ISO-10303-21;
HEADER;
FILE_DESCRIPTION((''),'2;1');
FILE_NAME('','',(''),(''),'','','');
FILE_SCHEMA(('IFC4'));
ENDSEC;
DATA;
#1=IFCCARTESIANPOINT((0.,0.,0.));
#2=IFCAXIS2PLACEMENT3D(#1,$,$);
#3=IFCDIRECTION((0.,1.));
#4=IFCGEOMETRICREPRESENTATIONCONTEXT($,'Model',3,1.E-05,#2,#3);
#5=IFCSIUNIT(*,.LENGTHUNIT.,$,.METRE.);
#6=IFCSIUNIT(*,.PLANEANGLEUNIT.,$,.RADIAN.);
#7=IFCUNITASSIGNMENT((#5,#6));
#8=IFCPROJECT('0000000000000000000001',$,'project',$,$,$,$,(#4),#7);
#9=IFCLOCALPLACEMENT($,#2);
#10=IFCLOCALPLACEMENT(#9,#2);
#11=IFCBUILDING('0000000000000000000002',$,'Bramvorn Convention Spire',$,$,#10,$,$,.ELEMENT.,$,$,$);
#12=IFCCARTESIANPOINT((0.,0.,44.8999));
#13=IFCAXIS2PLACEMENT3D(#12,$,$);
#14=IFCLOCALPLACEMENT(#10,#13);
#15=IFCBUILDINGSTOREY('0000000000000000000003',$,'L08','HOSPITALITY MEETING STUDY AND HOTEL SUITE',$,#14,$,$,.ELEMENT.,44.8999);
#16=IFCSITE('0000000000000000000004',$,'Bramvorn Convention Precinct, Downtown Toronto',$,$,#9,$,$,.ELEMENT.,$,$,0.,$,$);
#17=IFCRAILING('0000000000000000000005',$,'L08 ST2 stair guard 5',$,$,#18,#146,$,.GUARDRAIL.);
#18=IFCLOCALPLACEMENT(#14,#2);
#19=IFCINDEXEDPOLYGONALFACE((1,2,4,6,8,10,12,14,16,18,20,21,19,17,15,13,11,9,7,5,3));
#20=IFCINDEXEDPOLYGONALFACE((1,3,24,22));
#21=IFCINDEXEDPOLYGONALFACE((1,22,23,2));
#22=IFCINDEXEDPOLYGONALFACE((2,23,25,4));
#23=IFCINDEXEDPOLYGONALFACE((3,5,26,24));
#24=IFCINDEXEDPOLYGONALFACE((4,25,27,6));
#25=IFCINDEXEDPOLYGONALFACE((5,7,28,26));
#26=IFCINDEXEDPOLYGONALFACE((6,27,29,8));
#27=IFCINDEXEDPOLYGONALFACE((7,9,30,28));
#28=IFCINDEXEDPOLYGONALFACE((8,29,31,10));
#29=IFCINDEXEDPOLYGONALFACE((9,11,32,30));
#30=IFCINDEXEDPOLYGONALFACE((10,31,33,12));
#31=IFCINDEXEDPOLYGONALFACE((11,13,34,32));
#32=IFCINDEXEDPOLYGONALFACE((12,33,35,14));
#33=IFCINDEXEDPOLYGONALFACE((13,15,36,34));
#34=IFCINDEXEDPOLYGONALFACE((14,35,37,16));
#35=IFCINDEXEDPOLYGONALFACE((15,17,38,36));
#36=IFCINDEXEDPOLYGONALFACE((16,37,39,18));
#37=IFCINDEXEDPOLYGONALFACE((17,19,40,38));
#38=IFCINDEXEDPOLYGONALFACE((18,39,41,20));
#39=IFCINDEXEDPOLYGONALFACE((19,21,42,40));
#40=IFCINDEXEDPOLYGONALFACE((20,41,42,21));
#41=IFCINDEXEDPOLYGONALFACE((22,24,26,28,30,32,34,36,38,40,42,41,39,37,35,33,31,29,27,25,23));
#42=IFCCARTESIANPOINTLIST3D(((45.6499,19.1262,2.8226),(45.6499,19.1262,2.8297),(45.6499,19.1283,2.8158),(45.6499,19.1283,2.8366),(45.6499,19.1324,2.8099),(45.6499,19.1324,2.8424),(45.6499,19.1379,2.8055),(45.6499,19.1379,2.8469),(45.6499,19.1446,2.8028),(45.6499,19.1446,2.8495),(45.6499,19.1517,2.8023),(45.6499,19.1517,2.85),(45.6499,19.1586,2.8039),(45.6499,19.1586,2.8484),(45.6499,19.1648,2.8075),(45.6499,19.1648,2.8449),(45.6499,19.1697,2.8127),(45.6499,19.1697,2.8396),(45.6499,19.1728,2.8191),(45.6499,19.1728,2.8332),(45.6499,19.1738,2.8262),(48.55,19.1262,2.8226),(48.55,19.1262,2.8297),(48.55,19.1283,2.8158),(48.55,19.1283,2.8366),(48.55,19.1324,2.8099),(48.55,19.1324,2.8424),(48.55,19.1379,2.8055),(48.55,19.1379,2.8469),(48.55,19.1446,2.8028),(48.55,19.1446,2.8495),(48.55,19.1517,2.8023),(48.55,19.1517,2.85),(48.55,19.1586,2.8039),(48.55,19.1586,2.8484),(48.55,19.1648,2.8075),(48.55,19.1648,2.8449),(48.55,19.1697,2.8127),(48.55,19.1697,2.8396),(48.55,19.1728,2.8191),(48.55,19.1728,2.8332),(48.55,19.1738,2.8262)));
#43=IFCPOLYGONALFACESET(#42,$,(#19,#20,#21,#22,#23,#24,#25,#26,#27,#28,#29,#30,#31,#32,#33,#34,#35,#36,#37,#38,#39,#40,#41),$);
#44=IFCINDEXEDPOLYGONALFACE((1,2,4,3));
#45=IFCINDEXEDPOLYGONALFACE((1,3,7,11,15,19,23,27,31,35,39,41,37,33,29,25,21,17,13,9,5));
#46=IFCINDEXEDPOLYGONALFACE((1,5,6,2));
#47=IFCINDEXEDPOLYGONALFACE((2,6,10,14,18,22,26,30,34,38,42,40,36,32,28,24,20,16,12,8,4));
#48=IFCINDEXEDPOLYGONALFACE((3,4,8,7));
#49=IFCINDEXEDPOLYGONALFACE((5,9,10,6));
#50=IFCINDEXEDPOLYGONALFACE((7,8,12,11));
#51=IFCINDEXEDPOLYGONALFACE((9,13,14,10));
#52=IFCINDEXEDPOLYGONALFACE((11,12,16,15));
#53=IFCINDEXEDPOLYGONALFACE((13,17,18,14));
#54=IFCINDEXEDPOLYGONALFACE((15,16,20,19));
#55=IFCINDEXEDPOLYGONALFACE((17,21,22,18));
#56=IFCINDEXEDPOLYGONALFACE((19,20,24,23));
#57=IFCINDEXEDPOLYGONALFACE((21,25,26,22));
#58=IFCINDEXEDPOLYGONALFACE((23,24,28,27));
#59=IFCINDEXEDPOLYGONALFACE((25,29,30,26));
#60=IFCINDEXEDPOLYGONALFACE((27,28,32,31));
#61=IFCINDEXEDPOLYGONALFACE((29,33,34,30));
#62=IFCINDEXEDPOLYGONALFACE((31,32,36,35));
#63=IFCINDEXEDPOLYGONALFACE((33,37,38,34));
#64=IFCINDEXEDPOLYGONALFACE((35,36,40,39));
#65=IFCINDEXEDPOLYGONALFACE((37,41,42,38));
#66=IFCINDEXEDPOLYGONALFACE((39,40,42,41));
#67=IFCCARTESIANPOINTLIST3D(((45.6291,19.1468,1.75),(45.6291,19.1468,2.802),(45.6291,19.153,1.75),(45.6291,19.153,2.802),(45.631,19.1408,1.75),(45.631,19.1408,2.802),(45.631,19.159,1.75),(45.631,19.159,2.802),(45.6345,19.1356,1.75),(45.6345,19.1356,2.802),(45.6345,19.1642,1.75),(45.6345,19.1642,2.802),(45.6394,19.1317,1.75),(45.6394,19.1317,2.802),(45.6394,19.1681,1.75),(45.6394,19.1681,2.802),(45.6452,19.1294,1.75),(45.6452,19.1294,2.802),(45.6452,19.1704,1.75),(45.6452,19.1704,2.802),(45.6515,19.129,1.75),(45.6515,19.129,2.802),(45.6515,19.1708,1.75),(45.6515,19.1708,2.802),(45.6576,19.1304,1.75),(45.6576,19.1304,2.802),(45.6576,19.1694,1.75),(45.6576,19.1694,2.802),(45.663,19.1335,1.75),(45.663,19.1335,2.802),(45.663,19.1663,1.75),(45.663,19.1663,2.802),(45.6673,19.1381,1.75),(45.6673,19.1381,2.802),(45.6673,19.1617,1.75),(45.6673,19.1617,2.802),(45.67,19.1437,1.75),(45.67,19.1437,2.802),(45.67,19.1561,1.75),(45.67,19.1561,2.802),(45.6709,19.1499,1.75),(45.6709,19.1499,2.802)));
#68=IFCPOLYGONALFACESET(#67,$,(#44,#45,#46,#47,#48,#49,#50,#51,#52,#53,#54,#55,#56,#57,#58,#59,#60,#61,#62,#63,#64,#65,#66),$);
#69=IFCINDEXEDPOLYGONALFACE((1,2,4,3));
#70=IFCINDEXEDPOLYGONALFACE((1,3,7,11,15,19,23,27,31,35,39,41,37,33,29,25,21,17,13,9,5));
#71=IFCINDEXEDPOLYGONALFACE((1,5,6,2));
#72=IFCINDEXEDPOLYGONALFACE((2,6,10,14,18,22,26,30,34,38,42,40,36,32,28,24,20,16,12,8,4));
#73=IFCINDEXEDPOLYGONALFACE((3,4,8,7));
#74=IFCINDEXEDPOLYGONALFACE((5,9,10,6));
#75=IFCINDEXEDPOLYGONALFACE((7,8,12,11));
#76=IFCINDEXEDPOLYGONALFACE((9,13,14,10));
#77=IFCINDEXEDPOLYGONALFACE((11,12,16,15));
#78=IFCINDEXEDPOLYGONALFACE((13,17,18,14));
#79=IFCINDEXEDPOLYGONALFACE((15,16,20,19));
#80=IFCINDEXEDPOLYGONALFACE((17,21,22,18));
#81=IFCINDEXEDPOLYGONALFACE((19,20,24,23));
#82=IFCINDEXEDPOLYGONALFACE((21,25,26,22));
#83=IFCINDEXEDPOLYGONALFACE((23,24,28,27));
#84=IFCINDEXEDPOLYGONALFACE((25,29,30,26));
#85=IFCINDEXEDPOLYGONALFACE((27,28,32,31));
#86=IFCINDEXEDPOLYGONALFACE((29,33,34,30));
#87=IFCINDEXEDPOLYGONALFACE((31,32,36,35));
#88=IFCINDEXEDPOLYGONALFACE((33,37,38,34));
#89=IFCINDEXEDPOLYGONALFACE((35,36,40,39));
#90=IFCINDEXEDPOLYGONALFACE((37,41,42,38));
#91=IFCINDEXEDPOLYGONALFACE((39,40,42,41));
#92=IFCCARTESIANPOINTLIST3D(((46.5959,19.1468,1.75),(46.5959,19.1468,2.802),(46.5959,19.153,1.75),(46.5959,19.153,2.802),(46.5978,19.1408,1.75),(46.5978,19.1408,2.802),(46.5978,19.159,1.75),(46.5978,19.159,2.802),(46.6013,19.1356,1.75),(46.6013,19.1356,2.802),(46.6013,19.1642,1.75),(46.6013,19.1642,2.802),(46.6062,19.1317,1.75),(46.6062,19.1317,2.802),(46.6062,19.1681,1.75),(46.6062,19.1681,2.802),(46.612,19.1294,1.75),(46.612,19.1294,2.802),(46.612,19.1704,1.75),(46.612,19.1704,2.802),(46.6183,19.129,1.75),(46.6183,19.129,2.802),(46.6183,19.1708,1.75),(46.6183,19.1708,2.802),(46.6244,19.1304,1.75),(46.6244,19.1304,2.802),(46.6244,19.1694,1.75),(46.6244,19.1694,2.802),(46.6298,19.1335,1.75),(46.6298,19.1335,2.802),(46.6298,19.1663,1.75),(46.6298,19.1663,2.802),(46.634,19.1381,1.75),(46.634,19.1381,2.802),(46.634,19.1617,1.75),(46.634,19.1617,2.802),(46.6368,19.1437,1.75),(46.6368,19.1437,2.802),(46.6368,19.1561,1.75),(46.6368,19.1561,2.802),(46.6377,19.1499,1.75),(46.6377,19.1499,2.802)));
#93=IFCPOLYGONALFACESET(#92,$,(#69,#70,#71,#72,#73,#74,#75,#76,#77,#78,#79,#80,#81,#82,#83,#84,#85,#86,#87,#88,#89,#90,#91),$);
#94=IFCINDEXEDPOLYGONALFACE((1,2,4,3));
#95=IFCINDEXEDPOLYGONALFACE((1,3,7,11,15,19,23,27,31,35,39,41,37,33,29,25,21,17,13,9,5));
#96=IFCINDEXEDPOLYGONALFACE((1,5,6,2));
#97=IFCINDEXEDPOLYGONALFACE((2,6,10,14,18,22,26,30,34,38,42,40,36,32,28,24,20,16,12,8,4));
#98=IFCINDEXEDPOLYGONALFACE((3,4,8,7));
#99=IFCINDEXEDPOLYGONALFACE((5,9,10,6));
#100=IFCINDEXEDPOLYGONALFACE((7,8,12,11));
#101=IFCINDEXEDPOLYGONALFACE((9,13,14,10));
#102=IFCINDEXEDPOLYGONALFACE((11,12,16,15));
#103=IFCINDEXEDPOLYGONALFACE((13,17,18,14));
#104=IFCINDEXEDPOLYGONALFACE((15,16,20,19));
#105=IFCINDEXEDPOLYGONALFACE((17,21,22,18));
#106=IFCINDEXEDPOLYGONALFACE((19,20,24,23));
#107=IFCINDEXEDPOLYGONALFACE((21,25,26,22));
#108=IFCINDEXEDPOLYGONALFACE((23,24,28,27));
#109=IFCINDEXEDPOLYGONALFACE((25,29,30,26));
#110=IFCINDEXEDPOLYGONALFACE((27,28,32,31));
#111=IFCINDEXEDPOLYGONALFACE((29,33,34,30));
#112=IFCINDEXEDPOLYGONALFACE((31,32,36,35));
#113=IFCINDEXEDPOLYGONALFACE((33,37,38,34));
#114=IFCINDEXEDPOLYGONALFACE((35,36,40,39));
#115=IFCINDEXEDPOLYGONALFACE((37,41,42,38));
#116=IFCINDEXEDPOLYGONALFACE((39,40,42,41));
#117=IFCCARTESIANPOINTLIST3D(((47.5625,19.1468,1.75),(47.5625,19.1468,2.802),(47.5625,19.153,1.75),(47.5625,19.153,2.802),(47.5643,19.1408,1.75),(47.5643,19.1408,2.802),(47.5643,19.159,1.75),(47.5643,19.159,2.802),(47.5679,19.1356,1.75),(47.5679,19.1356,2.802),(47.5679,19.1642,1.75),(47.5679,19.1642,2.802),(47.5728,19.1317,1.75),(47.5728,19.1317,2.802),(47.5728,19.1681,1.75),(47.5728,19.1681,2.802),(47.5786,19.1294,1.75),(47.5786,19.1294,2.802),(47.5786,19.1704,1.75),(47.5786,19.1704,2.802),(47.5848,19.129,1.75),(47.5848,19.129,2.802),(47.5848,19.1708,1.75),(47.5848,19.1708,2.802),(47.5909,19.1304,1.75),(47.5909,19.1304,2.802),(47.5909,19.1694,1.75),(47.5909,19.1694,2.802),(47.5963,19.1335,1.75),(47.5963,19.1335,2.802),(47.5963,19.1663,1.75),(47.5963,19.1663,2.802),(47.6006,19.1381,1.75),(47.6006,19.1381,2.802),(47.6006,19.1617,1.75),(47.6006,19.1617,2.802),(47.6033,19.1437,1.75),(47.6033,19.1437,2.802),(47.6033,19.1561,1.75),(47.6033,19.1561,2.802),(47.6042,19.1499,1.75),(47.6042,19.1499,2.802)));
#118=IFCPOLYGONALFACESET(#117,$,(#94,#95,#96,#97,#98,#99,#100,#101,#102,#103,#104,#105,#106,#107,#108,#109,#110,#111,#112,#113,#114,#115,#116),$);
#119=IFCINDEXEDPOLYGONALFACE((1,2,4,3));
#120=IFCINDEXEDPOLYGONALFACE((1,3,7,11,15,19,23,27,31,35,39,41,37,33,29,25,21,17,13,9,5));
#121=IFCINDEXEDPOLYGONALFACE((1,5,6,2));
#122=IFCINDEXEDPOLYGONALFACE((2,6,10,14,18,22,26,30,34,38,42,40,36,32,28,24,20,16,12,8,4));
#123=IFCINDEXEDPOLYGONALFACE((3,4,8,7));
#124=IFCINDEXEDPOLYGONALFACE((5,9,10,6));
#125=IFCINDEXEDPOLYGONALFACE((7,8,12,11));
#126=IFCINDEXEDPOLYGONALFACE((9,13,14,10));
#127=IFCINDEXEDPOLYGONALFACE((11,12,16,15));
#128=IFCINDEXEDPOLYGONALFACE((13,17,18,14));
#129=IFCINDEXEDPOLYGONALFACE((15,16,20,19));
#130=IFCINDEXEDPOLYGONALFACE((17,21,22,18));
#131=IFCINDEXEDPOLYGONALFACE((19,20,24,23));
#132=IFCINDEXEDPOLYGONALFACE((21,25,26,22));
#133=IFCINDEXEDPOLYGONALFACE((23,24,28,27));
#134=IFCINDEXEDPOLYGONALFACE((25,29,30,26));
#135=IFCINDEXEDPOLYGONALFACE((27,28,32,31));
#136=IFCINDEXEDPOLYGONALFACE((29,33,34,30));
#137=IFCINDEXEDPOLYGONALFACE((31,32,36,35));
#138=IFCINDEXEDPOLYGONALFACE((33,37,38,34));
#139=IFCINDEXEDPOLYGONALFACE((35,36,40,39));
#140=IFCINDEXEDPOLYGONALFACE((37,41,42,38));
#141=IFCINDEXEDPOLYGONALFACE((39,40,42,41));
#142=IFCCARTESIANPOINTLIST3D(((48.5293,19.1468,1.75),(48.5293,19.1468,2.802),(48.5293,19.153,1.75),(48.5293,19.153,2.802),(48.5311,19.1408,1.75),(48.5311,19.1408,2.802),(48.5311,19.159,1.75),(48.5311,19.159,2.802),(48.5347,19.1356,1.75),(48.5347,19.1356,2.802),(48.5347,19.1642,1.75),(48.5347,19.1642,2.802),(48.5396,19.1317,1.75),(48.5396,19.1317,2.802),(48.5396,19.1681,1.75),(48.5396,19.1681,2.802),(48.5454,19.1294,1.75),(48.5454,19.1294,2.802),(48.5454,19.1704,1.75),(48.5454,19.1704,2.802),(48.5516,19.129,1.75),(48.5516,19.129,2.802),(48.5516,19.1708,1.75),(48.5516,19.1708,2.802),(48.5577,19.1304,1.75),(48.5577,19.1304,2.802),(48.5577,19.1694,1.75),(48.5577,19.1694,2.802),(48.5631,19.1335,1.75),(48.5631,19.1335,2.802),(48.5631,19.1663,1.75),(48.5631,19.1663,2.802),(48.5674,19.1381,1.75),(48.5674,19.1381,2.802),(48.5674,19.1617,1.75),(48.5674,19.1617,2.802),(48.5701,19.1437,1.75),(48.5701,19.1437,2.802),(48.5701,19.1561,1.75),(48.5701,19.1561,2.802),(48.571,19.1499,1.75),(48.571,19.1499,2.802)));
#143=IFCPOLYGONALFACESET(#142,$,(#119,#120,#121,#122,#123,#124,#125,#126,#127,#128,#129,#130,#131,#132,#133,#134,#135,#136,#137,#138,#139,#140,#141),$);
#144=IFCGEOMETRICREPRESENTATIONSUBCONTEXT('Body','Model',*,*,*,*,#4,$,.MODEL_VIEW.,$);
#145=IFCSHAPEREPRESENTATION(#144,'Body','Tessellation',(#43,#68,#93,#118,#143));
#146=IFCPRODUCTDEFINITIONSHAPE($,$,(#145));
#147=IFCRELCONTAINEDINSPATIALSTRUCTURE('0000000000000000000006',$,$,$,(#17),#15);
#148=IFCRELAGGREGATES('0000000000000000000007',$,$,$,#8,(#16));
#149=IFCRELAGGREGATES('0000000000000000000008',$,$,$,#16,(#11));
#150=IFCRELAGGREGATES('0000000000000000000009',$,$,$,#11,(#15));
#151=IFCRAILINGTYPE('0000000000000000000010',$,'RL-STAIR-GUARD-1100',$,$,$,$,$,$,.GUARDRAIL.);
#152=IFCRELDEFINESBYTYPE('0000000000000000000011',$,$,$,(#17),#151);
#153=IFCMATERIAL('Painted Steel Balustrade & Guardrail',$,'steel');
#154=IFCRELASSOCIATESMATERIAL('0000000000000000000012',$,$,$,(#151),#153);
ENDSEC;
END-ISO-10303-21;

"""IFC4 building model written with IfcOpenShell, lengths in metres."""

from ifc_helpers import new_model, si_unit, direction, frame, origin, origin_2d, place, context, subcontext, project, spatial, circle, extrude, material, type_object, element, save


model = new_model("IFC4")

# Units and contexts
model_context = context("Model", 3, precision=1e-05, world=origin(), true_north=direction((0.0, 1.0)))
body_context = subcontext(model_context, "Body", "Model", "MODEL_VIEW")
ifc_project = project(units=[si_unit("LENGTHUNIT", "METRE"), si_unit("PLANEANGLEUNIT", "RADIAN")], contexts=[model_context])

# Site, building, storey
site_placement = place(None, origin())
site = spatial("IfcSite", under=ifc_project, at=site_placement, Name="Bramvorn Convention Precinct, Downtown Toronto", CompositionType="ELEMENT", RefElevation=0.0)
building_placement = place(site_placement, origin())
building = spatial("IfcBuilding", under=site, at=building_placement, Name="Bramvorn Convention Spire", CompositionType="ELEMENT")
storey_placement = place(building_placement, frame((0.0, 0.0, 44.8999)))
storey = spatial("IfcBuildingStorey", under=building, at=storey_placement, Name="L08", Description="HOSPITALITY MEETING STUDY AND HOTEL SUITE", CompositionType="ELEMENT", Elevation=44.8999)

# Railing
ifc_material_1 = material(Name="Painted Steel Balustrade & Guardrail", Category="steel")
railing_type = type_object("IfcRailingType", Name="RL-STAIR-GUARD-1100", PredefinedType="GUARDRAIL", material=ifc_material_1)
railing_1_placement = place(storey_placement, frame((45.6499, 19.1499, 1.75)))
element("IfcRailing", 1, at=railing_1_placement, inside=storey, type_object=railing_type, Name="L08 ST2 stair guard 5", PredefinedType="GUARDRAIL", context=body_context, shape_type="SweptSolid", body=[
    extrude(circle(Radius=0.0239, at=origin_2d()), frame((0.0, 0.0, 1.0762), z_axis=(1.0, 0.0, 0.0), x_axis=(0.0, 1.0, 0.0)), (0.0, 0.0, 1.0), 2.9001),
    extrude(circle(Radius=0.021, at=origin_2d()), origin(), (0.0, 0.0, 1.0), 1.052),
    extrude(circle(Radius=0.021, at=origin_2d()), frame((0.9668, 0.0, 0.0)), (0.0, 0.0, 1.0), 1.052),
    extrude(circle(Radius=0.021, at=origin_2d()), frame((1.9333, 0.0, 0.0)), (0.0, 0.0, 1.0), 1.052),
    extrude(circle(Radius=0.021, at=origin_2d()), frame((2.9001, 0.0, 0.0)), (0.0, 0.0, 1.0), 1.052),
])

save(model, "model.ifc")
